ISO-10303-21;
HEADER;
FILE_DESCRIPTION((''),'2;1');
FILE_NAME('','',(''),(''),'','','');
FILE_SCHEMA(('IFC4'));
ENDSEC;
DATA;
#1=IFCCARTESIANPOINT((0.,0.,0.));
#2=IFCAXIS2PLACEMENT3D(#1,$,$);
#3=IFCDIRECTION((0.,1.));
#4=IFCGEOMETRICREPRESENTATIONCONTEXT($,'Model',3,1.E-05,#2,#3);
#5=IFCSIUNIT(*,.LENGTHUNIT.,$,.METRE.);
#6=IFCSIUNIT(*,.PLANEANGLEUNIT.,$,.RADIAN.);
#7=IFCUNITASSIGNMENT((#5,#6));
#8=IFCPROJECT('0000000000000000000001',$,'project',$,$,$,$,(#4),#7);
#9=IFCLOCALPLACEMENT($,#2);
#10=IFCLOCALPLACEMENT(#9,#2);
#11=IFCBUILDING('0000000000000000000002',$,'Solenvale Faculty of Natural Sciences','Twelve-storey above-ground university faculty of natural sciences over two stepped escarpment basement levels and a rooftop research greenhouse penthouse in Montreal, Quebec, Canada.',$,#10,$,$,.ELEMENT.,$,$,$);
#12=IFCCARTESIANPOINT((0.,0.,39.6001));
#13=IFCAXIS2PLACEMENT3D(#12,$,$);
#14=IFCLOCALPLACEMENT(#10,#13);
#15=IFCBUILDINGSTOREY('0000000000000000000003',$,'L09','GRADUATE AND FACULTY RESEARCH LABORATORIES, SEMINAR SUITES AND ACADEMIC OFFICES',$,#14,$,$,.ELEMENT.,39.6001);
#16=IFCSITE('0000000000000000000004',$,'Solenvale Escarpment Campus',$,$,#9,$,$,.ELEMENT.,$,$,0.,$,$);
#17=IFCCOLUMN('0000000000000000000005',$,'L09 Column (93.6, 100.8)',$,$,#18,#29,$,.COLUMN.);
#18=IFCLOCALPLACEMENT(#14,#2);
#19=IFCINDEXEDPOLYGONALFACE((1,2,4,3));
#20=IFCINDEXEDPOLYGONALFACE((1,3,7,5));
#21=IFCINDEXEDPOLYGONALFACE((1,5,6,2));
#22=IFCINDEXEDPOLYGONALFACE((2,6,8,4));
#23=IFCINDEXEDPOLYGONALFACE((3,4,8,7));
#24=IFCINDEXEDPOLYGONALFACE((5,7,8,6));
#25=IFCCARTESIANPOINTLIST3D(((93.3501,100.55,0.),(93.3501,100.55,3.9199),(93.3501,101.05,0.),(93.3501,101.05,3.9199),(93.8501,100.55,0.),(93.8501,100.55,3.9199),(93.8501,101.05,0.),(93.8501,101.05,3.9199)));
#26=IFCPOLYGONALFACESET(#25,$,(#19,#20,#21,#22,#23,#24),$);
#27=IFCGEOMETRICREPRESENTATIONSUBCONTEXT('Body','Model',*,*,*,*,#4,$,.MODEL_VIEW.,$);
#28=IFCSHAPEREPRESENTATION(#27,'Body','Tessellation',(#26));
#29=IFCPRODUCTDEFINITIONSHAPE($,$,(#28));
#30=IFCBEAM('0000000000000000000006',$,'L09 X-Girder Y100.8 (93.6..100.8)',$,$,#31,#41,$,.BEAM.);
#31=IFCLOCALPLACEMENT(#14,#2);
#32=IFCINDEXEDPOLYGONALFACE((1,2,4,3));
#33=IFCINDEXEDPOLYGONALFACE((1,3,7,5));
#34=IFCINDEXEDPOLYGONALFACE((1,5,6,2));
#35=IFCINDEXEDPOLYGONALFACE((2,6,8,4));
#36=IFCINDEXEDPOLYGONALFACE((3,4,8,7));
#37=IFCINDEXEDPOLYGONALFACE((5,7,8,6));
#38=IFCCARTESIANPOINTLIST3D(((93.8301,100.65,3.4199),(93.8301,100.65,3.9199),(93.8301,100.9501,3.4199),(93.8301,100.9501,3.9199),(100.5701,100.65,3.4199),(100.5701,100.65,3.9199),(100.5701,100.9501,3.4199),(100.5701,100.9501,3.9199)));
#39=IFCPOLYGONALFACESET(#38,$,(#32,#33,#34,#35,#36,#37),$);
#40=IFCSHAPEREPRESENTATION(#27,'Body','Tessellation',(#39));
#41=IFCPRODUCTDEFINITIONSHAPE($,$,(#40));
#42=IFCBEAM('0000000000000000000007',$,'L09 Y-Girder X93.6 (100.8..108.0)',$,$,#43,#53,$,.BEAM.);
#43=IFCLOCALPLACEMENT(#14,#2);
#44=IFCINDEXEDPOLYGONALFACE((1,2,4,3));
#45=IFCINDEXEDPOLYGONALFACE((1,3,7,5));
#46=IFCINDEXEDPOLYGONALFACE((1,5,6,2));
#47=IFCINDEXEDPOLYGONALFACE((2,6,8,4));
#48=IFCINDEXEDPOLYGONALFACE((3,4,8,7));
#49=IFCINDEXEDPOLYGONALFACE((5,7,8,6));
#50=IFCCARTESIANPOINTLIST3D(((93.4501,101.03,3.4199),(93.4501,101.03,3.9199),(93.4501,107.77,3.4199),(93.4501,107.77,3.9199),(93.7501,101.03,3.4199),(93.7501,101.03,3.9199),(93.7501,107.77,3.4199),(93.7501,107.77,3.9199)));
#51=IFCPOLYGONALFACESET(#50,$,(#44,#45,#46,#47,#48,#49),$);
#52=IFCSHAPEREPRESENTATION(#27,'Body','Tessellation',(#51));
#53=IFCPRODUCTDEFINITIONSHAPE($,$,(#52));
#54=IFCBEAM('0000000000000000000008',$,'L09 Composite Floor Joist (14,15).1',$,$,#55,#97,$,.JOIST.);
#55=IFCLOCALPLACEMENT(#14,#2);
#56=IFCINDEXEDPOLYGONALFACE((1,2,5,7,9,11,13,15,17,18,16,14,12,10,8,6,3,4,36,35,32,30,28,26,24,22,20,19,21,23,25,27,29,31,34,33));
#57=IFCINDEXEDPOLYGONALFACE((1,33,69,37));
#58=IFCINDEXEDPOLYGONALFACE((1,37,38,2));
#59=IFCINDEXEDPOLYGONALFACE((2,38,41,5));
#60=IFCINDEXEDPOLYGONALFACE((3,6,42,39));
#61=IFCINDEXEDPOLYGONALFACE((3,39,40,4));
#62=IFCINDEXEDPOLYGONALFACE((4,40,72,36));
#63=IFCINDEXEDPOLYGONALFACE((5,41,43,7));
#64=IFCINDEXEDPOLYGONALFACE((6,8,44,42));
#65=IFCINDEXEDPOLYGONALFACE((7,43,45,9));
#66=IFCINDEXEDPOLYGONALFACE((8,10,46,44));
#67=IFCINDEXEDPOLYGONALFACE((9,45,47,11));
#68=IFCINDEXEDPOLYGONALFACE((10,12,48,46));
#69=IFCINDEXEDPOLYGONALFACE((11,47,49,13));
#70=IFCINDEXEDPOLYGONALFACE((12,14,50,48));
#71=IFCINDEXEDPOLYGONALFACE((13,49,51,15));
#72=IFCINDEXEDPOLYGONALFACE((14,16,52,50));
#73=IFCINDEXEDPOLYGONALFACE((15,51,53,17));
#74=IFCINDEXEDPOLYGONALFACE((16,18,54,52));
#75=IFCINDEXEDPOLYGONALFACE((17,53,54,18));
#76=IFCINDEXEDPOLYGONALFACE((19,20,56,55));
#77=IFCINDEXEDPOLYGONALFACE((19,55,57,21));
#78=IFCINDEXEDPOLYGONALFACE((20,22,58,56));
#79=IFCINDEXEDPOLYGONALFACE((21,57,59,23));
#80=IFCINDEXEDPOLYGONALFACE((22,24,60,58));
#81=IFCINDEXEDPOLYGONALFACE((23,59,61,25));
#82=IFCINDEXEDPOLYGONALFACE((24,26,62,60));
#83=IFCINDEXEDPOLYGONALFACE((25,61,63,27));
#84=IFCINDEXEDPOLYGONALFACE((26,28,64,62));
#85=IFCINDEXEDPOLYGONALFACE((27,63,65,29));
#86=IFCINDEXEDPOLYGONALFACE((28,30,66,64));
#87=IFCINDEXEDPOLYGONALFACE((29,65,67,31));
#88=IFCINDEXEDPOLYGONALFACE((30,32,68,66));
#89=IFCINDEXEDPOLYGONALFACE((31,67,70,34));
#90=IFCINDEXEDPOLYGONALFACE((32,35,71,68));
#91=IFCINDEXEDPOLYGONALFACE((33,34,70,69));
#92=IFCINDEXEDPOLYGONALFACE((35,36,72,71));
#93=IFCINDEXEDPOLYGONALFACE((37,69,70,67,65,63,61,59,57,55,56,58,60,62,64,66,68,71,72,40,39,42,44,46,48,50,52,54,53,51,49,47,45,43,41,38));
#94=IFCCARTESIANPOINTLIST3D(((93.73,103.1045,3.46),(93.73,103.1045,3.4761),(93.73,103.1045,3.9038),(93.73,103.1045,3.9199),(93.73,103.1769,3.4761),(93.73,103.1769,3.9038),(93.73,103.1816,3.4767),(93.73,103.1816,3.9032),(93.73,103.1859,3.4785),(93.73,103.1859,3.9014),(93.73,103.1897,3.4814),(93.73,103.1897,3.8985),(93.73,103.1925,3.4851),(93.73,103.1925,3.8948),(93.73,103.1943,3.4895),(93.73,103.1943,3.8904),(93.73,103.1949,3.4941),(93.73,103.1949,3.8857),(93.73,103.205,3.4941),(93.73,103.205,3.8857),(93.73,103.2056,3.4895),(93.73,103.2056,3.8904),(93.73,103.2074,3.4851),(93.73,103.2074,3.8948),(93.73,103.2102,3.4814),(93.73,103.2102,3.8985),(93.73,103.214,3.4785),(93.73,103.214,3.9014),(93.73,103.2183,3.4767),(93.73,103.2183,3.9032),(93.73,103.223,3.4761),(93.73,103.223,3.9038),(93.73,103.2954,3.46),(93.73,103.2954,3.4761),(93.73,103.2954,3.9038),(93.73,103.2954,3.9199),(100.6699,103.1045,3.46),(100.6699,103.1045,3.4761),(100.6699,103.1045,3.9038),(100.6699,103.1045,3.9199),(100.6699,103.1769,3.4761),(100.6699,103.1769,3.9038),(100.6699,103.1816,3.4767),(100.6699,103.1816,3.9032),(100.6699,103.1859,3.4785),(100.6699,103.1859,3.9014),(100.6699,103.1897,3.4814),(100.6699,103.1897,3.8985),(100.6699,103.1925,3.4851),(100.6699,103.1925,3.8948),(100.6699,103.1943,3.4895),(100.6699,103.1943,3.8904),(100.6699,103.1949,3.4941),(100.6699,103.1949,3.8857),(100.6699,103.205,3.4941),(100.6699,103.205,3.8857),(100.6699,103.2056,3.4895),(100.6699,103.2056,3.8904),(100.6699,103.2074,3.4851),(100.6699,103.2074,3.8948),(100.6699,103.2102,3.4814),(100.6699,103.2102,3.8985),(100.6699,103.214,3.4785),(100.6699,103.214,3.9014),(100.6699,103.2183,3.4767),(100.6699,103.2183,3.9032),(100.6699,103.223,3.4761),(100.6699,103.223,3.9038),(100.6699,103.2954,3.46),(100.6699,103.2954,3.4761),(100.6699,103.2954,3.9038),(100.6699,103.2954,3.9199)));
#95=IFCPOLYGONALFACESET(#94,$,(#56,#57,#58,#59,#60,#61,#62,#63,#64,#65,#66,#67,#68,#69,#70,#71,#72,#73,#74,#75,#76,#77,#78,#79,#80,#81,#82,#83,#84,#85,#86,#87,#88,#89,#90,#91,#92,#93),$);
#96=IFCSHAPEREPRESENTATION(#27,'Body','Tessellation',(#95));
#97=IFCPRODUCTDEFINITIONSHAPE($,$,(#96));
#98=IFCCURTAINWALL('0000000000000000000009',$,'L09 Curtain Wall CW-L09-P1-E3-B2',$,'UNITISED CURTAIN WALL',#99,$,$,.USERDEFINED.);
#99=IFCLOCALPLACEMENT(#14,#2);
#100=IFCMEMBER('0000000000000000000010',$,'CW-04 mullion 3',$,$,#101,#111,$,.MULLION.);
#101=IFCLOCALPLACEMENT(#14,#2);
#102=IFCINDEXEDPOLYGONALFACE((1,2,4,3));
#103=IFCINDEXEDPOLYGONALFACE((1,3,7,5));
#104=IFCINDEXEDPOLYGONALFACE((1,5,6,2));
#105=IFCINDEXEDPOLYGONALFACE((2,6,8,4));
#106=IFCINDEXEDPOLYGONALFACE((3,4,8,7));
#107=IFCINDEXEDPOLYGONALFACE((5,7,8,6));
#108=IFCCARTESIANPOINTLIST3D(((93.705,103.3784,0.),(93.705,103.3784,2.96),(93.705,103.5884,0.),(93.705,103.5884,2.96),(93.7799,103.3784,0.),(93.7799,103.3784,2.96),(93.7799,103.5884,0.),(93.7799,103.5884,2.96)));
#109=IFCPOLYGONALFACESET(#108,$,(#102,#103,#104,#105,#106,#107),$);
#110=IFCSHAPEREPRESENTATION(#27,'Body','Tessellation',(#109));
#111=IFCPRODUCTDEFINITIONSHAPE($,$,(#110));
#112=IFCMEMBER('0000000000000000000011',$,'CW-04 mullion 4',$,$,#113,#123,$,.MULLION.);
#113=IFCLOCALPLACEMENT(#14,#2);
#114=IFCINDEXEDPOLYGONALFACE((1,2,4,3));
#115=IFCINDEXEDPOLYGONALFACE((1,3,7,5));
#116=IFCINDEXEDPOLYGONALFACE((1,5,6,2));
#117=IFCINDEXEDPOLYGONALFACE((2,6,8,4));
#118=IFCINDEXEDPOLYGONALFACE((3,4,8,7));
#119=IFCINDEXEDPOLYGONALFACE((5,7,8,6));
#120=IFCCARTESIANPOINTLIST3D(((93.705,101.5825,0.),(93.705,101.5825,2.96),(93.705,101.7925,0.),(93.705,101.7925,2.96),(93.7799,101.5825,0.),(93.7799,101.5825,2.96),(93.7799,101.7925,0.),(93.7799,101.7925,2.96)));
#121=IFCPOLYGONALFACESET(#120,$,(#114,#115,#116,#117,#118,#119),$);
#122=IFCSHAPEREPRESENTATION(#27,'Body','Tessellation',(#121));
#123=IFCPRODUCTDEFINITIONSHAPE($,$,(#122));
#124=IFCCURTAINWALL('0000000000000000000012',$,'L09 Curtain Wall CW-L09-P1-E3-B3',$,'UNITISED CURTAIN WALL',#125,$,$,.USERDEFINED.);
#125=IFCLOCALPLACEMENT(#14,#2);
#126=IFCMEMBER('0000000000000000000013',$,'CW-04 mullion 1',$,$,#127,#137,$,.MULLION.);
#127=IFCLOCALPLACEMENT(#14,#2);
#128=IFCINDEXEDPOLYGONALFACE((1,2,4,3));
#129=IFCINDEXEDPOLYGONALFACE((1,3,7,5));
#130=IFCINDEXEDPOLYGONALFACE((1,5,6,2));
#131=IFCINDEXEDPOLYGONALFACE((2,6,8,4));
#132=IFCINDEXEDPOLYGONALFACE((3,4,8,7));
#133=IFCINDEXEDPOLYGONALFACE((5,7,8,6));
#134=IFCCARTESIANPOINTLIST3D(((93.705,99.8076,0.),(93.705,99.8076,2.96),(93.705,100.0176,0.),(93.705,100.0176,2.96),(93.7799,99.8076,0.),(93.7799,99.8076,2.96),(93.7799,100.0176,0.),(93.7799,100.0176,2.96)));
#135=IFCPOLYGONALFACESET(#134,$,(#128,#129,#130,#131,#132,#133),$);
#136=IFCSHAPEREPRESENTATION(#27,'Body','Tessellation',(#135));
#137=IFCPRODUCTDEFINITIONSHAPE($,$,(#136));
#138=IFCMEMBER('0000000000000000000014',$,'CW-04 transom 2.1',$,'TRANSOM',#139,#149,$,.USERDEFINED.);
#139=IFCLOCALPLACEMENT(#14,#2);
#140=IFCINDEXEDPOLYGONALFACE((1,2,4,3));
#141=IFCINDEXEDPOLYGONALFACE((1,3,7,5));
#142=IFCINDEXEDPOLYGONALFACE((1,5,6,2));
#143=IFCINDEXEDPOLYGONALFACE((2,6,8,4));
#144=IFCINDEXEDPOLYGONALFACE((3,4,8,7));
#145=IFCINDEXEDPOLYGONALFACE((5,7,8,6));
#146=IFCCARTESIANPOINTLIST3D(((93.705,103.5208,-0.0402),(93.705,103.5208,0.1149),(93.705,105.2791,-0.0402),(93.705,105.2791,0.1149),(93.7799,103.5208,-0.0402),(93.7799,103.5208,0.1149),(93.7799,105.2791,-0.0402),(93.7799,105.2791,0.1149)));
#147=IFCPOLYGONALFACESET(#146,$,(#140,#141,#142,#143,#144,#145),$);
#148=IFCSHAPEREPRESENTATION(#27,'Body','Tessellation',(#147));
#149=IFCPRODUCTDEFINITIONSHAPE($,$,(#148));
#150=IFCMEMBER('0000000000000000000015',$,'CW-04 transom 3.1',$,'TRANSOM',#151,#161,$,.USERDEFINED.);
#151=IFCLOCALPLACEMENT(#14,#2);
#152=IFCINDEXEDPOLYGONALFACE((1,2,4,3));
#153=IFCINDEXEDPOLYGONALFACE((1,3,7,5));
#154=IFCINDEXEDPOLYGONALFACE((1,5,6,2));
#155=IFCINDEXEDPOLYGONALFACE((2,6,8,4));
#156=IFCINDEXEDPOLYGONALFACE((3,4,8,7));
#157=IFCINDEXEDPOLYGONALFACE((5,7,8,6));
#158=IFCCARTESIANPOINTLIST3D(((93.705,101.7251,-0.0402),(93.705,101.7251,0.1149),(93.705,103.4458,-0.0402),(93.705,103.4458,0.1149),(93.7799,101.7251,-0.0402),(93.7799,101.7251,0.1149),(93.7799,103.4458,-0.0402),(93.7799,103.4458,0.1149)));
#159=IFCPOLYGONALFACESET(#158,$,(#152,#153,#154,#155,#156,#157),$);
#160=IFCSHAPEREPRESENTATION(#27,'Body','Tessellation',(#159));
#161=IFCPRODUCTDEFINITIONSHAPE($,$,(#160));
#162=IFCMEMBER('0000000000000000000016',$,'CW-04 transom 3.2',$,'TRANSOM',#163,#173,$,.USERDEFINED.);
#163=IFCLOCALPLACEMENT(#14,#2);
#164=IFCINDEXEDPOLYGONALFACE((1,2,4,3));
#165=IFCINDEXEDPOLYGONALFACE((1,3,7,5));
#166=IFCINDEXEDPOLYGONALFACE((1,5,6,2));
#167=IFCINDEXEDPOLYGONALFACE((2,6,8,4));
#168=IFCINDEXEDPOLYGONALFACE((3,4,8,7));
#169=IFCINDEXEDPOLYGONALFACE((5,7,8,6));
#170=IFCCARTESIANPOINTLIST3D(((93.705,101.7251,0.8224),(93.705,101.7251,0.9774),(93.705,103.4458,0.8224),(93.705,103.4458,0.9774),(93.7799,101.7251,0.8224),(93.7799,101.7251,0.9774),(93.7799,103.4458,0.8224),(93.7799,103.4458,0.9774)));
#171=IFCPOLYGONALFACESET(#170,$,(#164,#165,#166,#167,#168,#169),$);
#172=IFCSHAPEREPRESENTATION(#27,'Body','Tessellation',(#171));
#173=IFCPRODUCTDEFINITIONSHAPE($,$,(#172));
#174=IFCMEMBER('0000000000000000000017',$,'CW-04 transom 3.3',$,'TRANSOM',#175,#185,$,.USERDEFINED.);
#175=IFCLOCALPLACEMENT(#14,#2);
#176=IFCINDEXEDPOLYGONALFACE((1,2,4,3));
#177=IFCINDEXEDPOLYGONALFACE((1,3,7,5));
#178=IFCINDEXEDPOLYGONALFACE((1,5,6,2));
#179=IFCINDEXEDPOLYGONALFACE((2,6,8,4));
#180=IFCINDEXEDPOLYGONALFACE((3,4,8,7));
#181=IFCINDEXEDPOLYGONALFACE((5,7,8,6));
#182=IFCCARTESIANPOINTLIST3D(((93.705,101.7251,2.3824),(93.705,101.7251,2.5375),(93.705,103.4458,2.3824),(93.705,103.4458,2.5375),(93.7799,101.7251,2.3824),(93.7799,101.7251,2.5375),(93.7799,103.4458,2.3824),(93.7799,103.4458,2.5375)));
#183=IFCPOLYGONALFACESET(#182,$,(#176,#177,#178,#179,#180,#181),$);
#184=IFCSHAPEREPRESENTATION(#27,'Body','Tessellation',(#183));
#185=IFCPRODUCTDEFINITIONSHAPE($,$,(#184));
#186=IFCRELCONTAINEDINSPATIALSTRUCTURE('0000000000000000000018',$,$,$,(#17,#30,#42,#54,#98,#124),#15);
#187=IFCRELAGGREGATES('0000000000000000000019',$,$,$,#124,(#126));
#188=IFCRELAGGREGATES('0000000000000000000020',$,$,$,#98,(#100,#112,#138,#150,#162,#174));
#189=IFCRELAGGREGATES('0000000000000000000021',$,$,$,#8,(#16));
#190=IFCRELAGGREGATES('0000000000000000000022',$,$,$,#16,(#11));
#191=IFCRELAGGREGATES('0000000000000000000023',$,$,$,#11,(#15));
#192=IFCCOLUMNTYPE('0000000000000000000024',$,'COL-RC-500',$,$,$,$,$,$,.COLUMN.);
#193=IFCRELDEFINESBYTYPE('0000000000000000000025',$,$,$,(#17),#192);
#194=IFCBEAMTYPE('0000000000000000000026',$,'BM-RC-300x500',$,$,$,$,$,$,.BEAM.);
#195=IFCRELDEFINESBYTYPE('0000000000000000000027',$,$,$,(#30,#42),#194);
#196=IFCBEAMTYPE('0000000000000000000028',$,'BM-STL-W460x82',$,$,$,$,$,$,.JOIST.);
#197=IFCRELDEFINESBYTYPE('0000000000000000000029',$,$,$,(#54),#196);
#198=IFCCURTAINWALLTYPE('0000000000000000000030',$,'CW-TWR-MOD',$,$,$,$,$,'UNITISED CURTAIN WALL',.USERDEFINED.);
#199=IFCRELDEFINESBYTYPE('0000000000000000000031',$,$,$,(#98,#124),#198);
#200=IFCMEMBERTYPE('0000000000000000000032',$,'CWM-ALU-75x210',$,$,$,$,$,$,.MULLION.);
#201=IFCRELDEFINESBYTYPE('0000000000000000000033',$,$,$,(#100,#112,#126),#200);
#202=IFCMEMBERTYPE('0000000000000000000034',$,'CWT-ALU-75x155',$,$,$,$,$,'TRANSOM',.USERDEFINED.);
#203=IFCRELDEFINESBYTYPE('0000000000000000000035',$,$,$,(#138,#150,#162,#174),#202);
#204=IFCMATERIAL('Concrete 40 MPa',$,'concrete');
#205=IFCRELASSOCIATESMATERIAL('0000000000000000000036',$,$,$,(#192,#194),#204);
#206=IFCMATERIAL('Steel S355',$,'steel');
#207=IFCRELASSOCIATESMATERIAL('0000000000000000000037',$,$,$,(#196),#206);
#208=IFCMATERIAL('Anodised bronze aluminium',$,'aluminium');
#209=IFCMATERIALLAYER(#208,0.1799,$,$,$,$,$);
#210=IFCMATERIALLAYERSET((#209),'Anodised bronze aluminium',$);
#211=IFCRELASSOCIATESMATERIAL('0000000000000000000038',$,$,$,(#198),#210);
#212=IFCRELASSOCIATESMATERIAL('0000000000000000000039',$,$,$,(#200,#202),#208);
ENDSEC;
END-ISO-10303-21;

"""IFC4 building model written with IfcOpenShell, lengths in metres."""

from ifc_helpers import new_model, si_unit, direction, frame, origin, origin_2d, place, context, subcontext, project, spatial, rectangle, i_section, extrude, material, layer, layer_set, material_profile, profile_set, type_object, element, aggregate, save


model = new_model("IFC4")

# Units and contexts
model_context = context("Model", 3, precision=1e-05, world=origin(), true_north=direction((0.0, 1.0)))
body_context = subcontext(model_context, "Body", "Model", "MODEL_VIEW")
ifc_project = project(units=[si_unit("LENGTHUNIT", "METRE"), si_unit("PLANEANGLEUNIT", "RADIAN")], contexts=[model_context])

# Site, building, storey
site_placement = place(None, origin())
site = spatial("IfcSite", under=ifc_project, at=site_placement, Name="Solenvale Escarpment Campus", CompositionType="ELEMENT", RefElevation=0.0)
building_placement = place(site_placement, origin())
building = spatial("IfcBuilding", under=site, at=building_placement, Name="Solenvale Faculty of Natural Sciences", Description="Twelve-storey above-ground university faculty of natural sciences over two stepped escarpment basement levels and a rooftop research greenhouse penthouse in Montreal, Quebec, Canada.", CompositionType="ELEMENT")
storey_placement = place(building_placement, frame((0.0, 0.0, 39.6001)))
storey = spatial("IfcBuildingStorey", under=building, at=storey_placement, Name="L09", Description="GRADUATE AND FACULTY RESEARCH LABORATORIES, SEMINAR SUITES AND ACADEMIC OFFICES", CompositionType="ELEMENT", Elevation=39.6001)

# Column
ifc_material_1 = material(Name="Concrete 40 MPa", Category="concrete")
ifc_material_profile_1 = material_profile(ifc_material_1, rectangle(XDim=0.5, YDim=0.5, at=origin_2d()), Name="RC-COL-500x500")
ifc_profile_set_1 = profile_set([ifc_material_profile_1], Name="Concrete 40 MPa")
column_type = type_object("IfcColumnType", Name="COL-RC-500", PredefinedType="COLUMN", material=ifc_profile_set_1)
column_placement = place(storey_placement, frame((93.6001, 100.8, 0.0), z_axis=(0.0, 0.0, 1.0), x_axis=(1.0, 0.0, 0.0)))
element("IfcColumn", 1, at=column_placement, inside=storey, type_object=column_type, Name="L09 Column (93.6, 100.8)", PredefinedType="COLUMN", context=body_context, shape_type="SweptSolid", body=[
    extrude(rectangle(XDim=0.5, YDim=0.5, at=origin_2d()), origin(), (0.0, 0.0, 1.0), 3.9199),
])

# Beams
ifc_material_profile_2 = material_profile(ifc_material_1, rectangle(XDim=0.3, YDim=0.5, at=origin_2d()), Name="RC-BM-300x500")
ifc_profile_set_2 = profile_set([ifc_material_profile_2], Name="Concrete 40 MPa")
beam_type_1 = type_object("IfcBeamType", Name="BM-RC-300x500", PredefinedType="BEAM", material=ifc_profile_set_2)
for number, where, z_axis, x_axis, name in (
    (2, (93.8301, 100.8, 3.6699), (1.0, 0.0, 0.0), (0.0, 1.0, 0.0), "L09 X-Girder Y100.8 (93.6..100.8)"),
    (3, (93.6001, 101.03, 3.6699), (0.0, 1.0, 0.0), (-1.0, 0.0, 0.0), "L09 Y-Girder X93.6 (100.8..108.0)"),
):
    element("IfcBeam", number, at=place(storey_placement, frame(where, z_axis=z_axis, x_axis=x_axis)), inside=storey, type_object=beam_type_1, Name=name, PredefinedType="BEAM", context=body_context, shape_type="SweptSolid", body=[
        extrude(rectangle(XDim=0.3, YDim=0.5, at=origin_2d()), origin(), (0.0, 0.0, 1.0), 6.74),
    ])
ifc_material_2 = material(Name="Steel S355", Category="steel")
ifc_material_profile_3 = material_profile(ifc_material_2, i_section(OverallWidth=0.1909, OverallDepth=0.46, WebThickness=0.01, FlangeThickness=0.0161, FilletRadius=0.0181, at=origin_2d()), Name="W460x82")
ifc_profile_set_3 = profile_set([ifc_material_profile_3], Name="Steel S355")
beam_type_2 = type_object("IfcBeamType", Name="BM-STL-W460x82", PredefinedType="JOIST", material=ifc_profile_set_3)
beam_placement = place(storey_placement, frame((93.73, 103.2, 3.6899), z_axis=(1.0, 0.0, 0.0), x_axis=(0.0, 1.0, 0.0)))
element("IfcBeam", 4, at=beam_placement, inside=storey, type_object=beam_type_2, Name="L09 Composite Floor Joist (14,15).1", PredefinedType="JOIST", context=body_context, shape_type="SweptSolid", body=[
    extrude(i_section(OverallWidth=0.1909, OverallDepth=0.46, WebThickness=0.01, FlangeThickness=0.0161, FilletRadius=0.0181, at=origin_2d()), origin(), (0.0, 0.0, 1.0), 6.9399),
])

# Curtain wall, members
ifc_material_3 = material(Name="Anodised bronze aluminium", Category="aluminium")
ifc_layer_1 = layer(ifc_material_3, 0.1799)
ifc_layer_set_1 = layer_set([ifc_layer_1], Name="Anodised bronze aluminium")
curtain_wall_type = type_object("IfcCurtainWallType", Name="CW-TWR-MOD", ElementType="UNITISED CURTAIN WALL", PredefinedType="USERDEFINED", material=ifc_layer_set_1)
curtain_wall_1_placement = place(storey_placement, origin())
curtain_wall_1 = element("IfcCurtainWall", 5, at=curtain_wall_1_placement, inside=storey, type_object=curtain_wall_type, Name="L09 Curtain Wall CW-L09-P1-E3-B2", ObjectType="UNITISED CURTAIN WALL", PredefinedType="USERDEFINED")
ifc_material_profile_4 = material_profile(ifc_material_3, rectangle(XDim=0.075, YDim=0.21, at=origin_2d()), Name="ALU-MUL-75x210")
ifc_profile_set_4 = profile_set([ifc_material_profile_4], Name="Anodised bronze aluminium")
member_type_1 = type_object("IfcMemberType", Name="CWM-ALU-75x210", PredefinedType="MULLION", material=ifc_profile_set_4)
member_1_placement = place(storey_placement, frame((93.7424, 103.4834, 0.0), z_axis=(0.0, 0.0, 1.0), x_axis=(1.0, 0.0, 0.0)))
member_1 = element("IfcMember", 6, at=member_1_placement, type_object=member_type_1, Name="CW-04 mullion 3", PredefinedType="MULLION", context=body_context, shape_type="SweptSolid", body=[
    extrude(rectangle(XDim=0.075, YDim=0.21, at=origin_2d()), origin(), (0.0, 0.0, 1.0), 2.96),
])
member_2_placement = place(storey_placement, frame((93.7424, 101.6875, 0.0), z_axis=(0.0, 0.0, 1.0), x_axis=(1.0, 0.0, 0.0)))
member_2 = element("IfcMember", 7, at=member_2_placement, type_object=member_type_1, Name="CW-04 mullion 4", PredefinedType="MULLION", context=body_context, shape_type="SweptSolid", body=[
    extrude(rectangle(XDim=0.075, YDim=0.21, at=origin_2d()), origin(), (0.0, 0.0, 1.0), 2.96),
])

# Curtain wall, member
curtain_wall_2_placement = place(storey_placement, origin())
curtain_wall_2 = element("IfcCurtainWall", 8, at=curtain_wall_2_placement, inside=storey, type_object=curtain_wall_type, Name="L09 Curtain Wall CW-L09-P1-E3-B3", ObjectType="UNITISED CURTAIN WALL", PredefinedType="USERDEFINED")
member_3_placement = place(storey_placement, frame((93.7424, 99.9126, 0.0), z_axis=(0.0, 0.0, 1.0), x_axis=(1.0, 0.0, 0.0)))
member_3 = element("IfcMember", 9, at=member_3_placement, type_object=member_type_1, Name="CW-04 mullion 1", PredefinedType="MULLION", context=body_context, shape_type="SweptSolid", body=[
    extrude(rectangle(XDim=0.075, YDim=0.21, at=origin_2d()), origin(), (0.0, 0.0, 1.0), 2.96),
])

# Members
ifc_material_profile_5 = material_profile(ifc_material_3, rectangle(XDim=0.075, YDim=0.155, at=origin_2d()), Name="ALU-TRN-75x155")
ifc_profile_set_5 = profile_set([ifc_material_profile_5], Name="Anodised bronze aluminium")
member_type_2 = type_object("IfcMemberType", Name="CWT-ALU-75x155", ElementType="TRANSOM", PredefinedType="USERDEFINED", material=ifc_profile_set_5)
member_4_placement = place(storey_placement, frame((93.7424, 105.2791, 0.0374), z_axis=(0.0, -1.0, 0.0), x_axis=(1.0, 0.0, 0.0)))
member_4 = element("IfcMember", 10, at=member_4_placement, type_object=member_type_2, Name="CW-04 transom 2.1", ObjectType="TRANSOM", PredefinedType="USERDEFINED", context=body_context, shape_type="SweptSolid", body=[
    extrude(rectangle(XDim=0.075, YDim=0.155, at=origin_2d()), origin(), (0.0, 0.0, 1.0), 1.7583),
])
member_5_placement = place(storey_placement, frame((93.7424, 103.4458, 0.0374), z_axis=(0.0, -1.0, 0.0), x_axis=(1.0, 0.0, 0.0)))
member_5 = element("IfcMember", 11, at=member_5_placement, type_object=member_type_2, Name="CW-04 transom 3.1", ObjectType="TRANSOM", PredefinedType="USERDEFINED", context=body_context, shape_type="SweptSolid", body=[
    extrude(rectangle(XDim=0.075, YDim=0.155, at=origin_2d()), origin(), (0.0, 0.0, 1.0), 1.7207),
])
member_6_placement = place(storey_placement, frame((93.7424, 103.4458, 0.8999), z_axis=(0.0, -1.0, 0.0), x_axis=(1.0, 0.0, 0.0)))
member_6 = element("IfcMember", 12, at=member_6_placement, type_object=member_type_2, Name="CW-04 transom 3.2", ObjectType="TRANSOM", PredefinedType="USERDEFINED", context=body_context, shape_type="SweptSolid", body=[
    extrude(rectangle(XDim=0.075, YDim=0.155, at=origin_2d()), origin(), (0.0, 0.0, 1.0), 1.7207),
])
member_7_placement = place(storey_placement, frame((93.7424, 103.4458, 2.46), z_axis=(0.0, -1.0, 0.0), x_axis=(1.0, 0.0, 0.0)))
member_7 = element("IfcMember", 13, at=member_7_placement, type_object=member_type_2, Name="CW-04 transom 3.3", ObjectType="TRANSOM", PredefinedType="USERDEFINED", context=body_context, shape_type="SweptSolid", body=[
    extrude(rectangle(XDim=0.075, YDim=0.155, at=origin_2d()), origin(), (0.0, 0.0, 1.0), 1.7207),
])

aggregate(curtain_wall_2, [member_3])
aggregate(curtain_wall_1, [member_1, member_2, member_4, member_5, member_6, member_7])

save(model, "model.ifc")
